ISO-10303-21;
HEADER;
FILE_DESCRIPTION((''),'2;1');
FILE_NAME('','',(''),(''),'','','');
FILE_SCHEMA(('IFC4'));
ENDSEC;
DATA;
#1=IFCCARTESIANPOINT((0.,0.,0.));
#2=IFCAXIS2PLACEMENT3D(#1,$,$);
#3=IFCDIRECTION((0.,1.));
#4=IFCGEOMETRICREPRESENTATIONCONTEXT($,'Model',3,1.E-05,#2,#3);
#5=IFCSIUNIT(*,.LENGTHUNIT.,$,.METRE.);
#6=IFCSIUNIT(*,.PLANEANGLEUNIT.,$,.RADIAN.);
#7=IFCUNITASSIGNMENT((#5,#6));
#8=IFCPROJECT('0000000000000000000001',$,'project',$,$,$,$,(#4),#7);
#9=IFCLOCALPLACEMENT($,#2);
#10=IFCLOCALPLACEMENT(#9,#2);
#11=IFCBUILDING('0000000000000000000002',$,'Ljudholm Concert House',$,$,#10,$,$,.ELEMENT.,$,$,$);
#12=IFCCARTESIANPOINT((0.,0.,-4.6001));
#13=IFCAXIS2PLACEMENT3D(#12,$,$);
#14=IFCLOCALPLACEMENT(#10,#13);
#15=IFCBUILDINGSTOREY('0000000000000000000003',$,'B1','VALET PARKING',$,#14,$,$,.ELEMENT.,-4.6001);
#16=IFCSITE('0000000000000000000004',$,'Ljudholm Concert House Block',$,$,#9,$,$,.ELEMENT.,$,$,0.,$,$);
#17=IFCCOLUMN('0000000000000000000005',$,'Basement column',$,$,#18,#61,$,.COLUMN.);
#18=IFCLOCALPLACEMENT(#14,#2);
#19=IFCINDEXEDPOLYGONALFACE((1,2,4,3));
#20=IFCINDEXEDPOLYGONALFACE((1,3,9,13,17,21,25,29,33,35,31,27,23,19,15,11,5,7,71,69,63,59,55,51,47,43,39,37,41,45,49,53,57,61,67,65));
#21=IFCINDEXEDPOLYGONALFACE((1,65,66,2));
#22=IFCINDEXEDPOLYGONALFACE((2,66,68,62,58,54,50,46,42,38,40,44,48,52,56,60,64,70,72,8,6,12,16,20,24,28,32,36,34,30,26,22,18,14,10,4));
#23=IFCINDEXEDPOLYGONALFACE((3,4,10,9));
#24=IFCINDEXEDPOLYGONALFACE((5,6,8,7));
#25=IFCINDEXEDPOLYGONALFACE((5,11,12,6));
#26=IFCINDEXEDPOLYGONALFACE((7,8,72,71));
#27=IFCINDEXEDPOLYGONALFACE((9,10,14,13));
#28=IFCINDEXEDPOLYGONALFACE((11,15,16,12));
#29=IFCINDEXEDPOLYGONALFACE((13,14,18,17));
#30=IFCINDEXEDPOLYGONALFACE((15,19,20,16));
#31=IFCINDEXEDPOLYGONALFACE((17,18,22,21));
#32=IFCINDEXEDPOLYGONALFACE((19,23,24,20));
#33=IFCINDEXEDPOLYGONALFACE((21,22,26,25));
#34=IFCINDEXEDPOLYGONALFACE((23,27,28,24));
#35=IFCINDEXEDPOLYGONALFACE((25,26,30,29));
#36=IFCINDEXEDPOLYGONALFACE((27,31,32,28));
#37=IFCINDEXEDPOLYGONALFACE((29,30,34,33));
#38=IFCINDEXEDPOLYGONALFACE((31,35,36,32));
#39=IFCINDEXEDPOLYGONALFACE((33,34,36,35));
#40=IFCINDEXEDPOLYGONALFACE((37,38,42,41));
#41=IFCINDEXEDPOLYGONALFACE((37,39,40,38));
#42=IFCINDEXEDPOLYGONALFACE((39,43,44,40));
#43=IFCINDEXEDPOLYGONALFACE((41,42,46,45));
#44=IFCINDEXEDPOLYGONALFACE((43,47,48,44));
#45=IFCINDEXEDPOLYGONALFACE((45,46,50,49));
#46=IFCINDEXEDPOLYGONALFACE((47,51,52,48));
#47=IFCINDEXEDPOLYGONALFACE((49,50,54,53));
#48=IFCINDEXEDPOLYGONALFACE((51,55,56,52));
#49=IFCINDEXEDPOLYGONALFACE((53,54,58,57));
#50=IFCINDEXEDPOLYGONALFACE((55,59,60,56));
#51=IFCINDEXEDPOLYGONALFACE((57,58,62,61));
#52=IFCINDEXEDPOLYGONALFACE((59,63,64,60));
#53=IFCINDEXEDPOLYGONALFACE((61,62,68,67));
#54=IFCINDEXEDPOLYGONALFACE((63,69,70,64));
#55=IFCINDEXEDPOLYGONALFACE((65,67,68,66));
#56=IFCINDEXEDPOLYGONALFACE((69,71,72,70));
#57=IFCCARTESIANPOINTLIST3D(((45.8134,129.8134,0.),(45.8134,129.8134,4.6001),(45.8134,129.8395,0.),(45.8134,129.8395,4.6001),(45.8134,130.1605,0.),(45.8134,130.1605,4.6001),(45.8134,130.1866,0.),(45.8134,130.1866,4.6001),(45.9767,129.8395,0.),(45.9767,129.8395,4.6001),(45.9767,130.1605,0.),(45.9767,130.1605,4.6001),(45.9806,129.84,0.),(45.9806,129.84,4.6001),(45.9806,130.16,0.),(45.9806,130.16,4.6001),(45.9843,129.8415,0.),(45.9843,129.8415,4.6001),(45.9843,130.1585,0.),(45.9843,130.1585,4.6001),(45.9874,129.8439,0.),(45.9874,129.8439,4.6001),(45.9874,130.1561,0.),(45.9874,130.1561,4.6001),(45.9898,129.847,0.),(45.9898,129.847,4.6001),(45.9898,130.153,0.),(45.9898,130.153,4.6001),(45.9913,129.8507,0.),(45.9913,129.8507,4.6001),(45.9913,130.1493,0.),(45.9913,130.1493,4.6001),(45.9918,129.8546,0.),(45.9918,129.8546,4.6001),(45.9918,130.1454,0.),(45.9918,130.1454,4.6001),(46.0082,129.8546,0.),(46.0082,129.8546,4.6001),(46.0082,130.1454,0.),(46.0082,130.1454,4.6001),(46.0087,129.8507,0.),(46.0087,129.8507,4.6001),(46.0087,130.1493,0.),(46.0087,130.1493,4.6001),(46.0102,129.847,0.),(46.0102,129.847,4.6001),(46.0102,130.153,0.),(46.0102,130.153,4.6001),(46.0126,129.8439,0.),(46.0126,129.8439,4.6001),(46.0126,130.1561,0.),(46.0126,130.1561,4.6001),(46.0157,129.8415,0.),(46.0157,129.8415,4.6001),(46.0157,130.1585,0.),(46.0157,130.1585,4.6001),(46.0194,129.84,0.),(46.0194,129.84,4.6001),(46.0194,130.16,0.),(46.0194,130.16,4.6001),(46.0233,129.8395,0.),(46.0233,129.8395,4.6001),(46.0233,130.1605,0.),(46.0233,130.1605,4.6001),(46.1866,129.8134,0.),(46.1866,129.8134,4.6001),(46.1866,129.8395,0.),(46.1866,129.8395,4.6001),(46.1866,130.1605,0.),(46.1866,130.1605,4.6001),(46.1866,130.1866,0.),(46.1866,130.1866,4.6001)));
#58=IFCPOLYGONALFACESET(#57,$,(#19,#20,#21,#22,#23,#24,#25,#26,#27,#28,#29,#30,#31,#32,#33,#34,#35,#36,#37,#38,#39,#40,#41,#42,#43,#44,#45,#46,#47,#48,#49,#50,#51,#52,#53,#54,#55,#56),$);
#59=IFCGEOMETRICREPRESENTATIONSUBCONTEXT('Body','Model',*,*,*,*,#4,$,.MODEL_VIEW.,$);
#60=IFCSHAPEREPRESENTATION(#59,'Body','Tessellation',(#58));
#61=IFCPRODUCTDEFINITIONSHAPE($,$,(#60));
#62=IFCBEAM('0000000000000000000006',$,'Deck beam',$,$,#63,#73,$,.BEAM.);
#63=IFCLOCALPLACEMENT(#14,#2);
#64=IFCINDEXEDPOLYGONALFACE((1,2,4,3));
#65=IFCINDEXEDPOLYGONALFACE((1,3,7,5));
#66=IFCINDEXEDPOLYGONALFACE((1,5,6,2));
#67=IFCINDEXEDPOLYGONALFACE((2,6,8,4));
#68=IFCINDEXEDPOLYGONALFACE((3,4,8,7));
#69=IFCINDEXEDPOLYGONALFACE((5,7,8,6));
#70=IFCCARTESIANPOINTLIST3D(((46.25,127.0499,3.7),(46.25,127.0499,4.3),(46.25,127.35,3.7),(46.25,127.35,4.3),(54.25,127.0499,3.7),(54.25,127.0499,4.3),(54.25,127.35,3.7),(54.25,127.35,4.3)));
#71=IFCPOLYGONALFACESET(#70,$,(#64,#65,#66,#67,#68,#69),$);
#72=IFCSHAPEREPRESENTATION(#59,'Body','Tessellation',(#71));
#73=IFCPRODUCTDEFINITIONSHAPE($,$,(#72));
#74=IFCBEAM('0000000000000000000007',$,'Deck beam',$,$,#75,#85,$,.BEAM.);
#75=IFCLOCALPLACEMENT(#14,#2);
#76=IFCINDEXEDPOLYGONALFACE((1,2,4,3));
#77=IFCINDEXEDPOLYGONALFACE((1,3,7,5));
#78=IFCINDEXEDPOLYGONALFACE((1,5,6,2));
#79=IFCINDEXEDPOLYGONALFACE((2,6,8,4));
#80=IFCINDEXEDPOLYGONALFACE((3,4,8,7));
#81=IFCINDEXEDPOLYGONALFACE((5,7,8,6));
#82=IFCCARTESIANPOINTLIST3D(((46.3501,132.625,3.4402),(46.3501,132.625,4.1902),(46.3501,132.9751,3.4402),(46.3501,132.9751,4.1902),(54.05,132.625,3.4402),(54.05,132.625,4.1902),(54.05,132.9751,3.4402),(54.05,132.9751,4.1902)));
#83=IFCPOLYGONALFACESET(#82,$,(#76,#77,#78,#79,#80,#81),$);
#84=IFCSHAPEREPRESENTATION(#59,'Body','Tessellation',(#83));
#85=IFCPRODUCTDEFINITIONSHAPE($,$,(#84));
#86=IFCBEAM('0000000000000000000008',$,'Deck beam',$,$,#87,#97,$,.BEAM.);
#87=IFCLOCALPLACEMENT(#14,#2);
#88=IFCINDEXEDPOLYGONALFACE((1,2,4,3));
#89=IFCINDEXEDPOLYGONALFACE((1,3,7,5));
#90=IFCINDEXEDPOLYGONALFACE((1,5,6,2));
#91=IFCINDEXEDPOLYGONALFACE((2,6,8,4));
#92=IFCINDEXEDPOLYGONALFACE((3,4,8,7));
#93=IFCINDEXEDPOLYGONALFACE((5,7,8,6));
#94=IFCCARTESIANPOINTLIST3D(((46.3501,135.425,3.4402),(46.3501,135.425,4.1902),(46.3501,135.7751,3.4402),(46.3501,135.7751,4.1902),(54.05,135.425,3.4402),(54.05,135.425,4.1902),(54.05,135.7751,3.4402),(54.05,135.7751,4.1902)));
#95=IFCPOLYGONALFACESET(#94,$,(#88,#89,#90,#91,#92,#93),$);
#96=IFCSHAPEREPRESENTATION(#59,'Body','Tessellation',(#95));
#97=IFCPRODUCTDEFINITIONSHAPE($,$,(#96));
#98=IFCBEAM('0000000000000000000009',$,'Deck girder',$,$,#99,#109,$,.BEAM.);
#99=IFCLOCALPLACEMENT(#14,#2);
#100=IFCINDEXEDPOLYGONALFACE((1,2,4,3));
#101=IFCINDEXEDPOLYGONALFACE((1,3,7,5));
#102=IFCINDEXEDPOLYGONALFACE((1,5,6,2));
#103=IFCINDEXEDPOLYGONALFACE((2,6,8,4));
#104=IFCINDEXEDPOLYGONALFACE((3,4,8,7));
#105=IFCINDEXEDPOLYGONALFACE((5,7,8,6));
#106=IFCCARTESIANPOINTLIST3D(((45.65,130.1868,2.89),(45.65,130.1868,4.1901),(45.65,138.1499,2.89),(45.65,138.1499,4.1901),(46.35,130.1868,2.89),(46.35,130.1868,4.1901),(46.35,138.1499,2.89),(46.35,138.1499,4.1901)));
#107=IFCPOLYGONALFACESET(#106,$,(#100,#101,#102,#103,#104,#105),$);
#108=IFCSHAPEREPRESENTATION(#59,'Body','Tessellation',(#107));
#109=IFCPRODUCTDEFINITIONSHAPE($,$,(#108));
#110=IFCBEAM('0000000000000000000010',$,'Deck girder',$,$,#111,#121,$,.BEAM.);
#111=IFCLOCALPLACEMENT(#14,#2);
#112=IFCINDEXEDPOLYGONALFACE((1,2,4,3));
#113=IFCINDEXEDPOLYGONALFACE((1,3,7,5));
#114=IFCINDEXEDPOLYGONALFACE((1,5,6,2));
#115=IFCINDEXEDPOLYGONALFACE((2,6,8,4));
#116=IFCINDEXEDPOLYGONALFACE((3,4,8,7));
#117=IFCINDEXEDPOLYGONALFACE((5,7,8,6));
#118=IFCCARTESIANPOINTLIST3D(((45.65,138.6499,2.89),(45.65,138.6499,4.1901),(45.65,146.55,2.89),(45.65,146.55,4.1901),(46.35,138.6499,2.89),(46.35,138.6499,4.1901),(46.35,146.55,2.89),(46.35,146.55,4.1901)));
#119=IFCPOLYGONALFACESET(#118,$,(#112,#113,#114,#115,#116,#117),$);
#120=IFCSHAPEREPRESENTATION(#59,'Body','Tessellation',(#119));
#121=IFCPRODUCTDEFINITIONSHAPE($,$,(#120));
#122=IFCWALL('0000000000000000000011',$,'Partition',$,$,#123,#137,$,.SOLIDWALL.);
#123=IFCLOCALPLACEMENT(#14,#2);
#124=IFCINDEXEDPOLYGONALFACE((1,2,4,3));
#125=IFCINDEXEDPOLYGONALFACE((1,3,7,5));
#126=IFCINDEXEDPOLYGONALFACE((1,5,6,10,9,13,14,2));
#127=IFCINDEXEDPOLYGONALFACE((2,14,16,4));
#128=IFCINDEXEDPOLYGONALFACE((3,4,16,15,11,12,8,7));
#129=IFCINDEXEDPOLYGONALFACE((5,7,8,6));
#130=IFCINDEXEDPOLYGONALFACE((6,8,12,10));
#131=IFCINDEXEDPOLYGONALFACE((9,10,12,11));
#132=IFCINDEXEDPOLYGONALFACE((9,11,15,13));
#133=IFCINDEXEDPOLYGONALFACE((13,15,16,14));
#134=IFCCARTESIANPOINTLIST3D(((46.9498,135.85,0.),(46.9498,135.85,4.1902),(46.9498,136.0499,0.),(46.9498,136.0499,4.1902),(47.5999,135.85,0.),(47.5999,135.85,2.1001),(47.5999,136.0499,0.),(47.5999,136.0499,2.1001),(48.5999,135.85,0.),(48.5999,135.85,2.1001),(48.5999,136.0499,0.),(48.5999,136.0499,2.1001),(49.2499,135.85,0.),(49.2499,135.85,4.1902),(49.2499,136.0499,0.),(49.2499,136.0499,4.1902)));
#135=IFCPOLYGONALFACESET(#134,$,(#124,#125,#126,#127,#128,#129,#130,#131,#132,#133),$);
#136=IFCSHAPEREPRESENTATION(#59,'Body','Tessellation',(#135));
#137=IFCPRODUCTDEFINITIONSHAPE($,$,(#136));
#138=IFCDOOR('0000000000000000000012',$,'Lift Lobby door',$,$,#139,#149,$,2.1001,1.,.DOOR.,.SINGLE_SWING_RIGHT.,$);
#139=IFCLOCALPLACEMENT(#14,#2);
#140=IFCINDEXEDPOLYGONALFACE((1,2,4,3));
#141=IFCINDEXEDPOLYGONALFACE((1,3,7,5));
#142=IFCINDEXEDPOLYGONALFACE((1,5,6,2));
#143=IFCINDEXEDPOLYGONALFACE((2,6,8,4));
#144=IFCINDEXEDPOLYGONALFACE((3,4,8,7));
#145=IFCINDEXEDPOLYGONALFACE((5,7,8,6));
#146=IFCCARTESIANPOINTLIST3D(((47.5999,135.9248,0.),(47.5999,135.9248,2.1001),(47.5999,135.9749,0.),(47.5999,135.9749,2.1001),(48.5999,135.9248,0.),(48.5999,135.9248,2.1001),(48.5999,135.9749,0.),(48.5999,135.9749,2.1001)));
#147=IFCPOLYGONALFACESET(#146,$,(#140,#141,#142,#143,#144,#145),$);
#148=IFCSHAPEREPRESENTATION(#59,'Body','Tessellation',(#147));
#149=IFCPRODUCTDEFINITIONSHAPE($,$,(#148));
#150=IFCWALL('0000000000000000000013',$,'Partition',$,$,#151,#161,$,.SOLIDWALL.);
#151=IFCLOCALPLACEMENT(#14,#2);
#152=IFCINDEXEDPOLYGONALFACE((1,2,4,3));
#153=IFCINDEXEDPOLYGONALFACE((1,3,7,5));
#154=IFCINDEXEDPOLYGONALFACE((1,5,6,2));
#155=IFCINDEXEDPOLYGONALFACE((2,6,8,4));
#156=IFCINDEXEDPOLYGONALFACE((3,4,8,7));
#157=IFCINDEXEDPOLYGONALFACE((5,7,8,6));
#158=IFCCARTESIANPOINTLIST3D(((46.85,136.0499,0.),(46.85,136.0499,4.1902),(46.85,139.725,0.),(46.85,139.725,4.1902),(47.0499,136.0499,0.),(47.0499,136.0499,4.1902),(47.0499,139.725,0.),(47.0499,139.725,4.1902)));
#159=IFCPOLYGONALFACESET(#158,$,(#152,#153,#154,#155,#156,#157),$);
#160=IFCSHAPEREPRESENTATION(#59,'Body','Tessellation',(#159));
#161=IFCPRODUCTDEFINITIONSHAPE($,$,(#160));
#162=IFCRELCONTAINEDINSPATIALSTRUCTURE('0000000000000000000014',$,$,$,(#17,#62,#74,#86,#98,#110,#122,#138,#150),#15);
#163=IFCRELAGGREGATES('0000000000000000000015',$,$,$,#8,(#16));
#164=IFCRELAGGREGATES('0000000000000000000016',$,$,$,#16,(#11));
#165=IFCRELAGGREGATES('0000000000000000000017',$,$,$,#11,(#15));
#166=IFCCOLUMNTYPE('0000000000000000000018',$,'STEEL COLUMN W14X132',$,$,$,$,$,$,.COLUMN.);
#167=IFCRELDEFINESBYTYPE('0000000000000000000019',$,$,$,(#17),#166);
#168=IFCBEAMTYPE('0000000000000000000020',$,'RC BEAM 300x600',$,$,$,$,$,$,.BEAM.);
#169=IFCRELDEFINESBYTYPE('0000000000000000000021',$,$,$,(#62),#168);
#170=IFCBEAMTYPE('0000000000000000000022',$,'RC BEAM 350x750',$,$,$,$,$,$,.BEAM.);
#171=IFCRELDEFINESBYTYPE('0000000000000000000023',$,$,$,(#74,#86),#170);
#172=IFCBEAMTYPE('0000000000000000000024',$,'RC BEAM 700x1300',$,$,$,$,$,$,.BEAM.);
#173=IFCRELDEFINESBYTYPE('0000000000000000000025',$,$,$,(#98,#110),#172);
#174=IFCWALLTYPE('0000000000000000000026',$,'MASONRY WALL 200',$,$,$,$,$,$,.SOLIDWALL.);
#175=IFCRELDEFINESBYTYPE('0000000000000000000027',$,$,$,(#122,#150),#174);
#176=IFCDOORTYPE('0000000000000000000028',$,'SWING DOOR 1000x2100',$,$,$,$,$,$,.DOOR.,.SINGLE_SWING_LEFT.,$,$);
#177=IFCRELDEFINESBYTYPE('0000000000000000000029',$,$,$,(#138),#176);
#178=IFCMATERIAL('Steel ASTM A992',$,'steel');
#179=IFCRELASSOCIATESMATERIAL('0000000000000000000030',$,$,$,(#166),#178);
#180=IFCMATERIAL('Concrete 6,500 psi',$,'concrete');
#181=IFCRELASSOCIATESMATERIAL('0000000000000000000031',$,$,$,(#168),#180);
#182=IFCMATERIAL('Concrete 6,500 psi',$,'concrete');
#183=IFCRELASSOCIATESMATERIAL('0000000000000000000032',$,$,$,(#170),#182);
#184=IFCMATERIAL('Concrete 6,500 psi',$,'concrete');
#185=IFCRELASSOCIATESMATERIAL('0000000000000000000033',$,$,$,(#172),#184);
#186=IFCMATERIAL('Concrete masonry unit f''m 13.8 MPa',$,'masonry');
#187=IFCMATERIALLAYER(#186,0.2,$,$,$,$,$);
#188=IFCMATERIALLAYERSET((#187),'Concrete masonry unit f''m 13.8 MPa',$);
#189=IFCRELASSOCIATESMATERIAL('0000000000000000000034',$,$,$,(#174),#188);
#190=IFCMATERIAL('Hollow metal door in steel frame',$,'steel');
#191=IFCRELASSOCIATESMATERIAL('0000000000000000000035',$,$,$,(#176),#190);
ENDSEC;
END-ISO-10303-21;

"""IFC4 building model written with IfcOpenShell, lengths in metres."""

from ifc_helpers import new_model, si_unit, direction, frame, frame_2d, origin, origin_2d, place, context, subcontext, project, spatial, rectangle, i_section, extrude, material, layer, layer_set, material_profile, profile_set, type_object, element, fill, save


model = new_model("IFC4")

# Units and contexts
model_context = context("Model", 3, precision=1e-05, world=origin(), true_north=direction((0.0, 1.0)))
body_context = subcontext(model_context, "Body", "Model", "MODEL_VIEW")
ifc_project = project(units=[si_unit("LENGTHUNIT", "METRE"), si_unit("PLANEANGLEUNIT", "RADIAN")], contexts=[model_context])

# Site, building, storey
site_placement = place(None, origin())
site = spatial("IfcSite", under=ifc_project, at=site_placement, Name="Ljudholm Concert House Block", CompositionType="ELEMENT", RefElevation=0.0)
building_placement = place(site_placement, origin())
building = spatial("IfcBuilding", under=site, at=building_placement, Name="Ljudholm Concert House", CompositionType="ELEMENT")
storey_placement = place(building_placement, frame((0.0, 0.0, -4.6001)))
storey = spatial("IfcBuildingStorey", under=building, at=storey_placement, Name="B1", Description="VALET PARKING", CompositionType="ELEMENT", Elevation=-4.6001)

# Column
ifc_material_1 = material(Name="Steel ASTM A992", Category="steel")
ifc_material_profile_1 = material_profile(ifc_material_1, i_section(OverallWidth=0.3733, OverallDepth=0.3733, WebThickness=0.0164, FlangeThickness=0.0261, FilletRadius=0.0151, at=origin_2d()), Name="W14X132")
ifc_profile_set_1 = profile_set([ifc_material_profile_1], Name="Steel ASTM A992")
column_type_1 = type_object("IfcColumnType", Name="STEEL COLUMN W14X132", PredefinedType="COLUMN", material=ifc_profile_set_1)
column_1_placement = place(storey_placement, frame((46.0, 130.0, 0.0), z_axis=(0.0, 0.0, 1.0), x_axis=(1.0, 0.0, 0.0)))
element("IfcColumn", 1, at=column_1_placement, inside=storey, type_object=column_type_1, Name="Basement column", PredefinedType="COLUMN", context=body_context, shape_type="SweptSolid", body=[
    extrude(i_section(OverallWidth=0.3733, OverallDepth=0.3733, WebThickness=0.0164, FlangeThickness=0.0261, FilletRadius=0.0151, at=origin_2d()), origin(), (0.0, 0.0, 1.0), 4.6001),
])

# Beams
ifc_material_2 = material(Name="Concrete 6,500 psi", Category="concrete")
ifc_material_profile_2 = material_profile(ifc_material_2, rectangle(XDim=0.3, YDim=0.6001, at=origin_2d()), Name="RC BEAM 300x600")
ifc_profile_set_2 = profile_set([ifc_material_profile_2], Name="Concrete 6,500 psi")
beam_type_1 = type_object("IfcBeamType", Name="RC BEAM 300x600", PredefinedType="BEAM", material=ifc_profile_set_2)
beam_1_placement = place(storey_placement, frame((46.25, 127.2, 4.0), z_axis=(1.0, 0.0, 0.0), x_axis=(0.0, 1.0, 0.0)))
element("IfcBeam", 2, at=beam_1_placement, inside=storey, type_object=beam_type_1, Name="Deck beam", PredefinedType="BEAM", context=body_context, shape_type="SweptSolid", body=[
    extrude(rectangle(XDim=0.3, YDim=0.6001, at=origin_2d()), origin(), (0.0, 0.0, 1.0), 8.0),
])
ifc_material_3 = material(Name="Concrete 6,500 psi", Category="concrete")
ifc_material_profile_3 = material_profile(ifc_material_3, rectangle(XDim=0.3501, YDim=0.75, at=origin_2d()), Name="RC BEAM 350x750")
ifc_profile_set_3 = profile_set([ifc_material_profile_3], Name="Concrete 6,500 psi")
beam_type_2 = type_object("IfcBeamType", Name="RC BEAM 350x750", PredefinedType="BEAM", material=ifc_profile_set_3)
for number, where, z_axis, x_axis, name in (
    (3, (46.3501, 132.8, 3.8152), (1.0, 0.0, 0.0), (0.0, 1.0, 0.0), "Deck beam"),
    (4, (46.3501, 135.6001, 3.8152), (1.0, 0.0, 0.0), (0.0, 1.0, 0.0), "Deck beam"),
):
    element("IfcBeam", number, at=place(storey_placement, frame(where, z_axis=z_axis, x_axis=x_axis)), inside=storey, type_object=beam_type_2, Name=name, PredefinedType="BEAM", context=body_context, shape_type="SweptSolid", body=[
        extrude(rectangle(XDim=0.3501, YDim=0.75, at=origin_2d()), origin(), (0.0, 0.0, 1.0), 7.7),
    ])
ifc_material_4 = material(Name="Concrete 6,500 psi", Category="concrete")
ifc_material_profile_4 = material_profile(ifc_material_4, rectangle(XDim=0.7, YDim=1.3, at=origin_2d()), Name="RC BEAM 700x1300")
ifc_profile_set_4 = profile_set([ifc_material_profile_4], Name="Concrete 6,500 psi")
beam_type_3 = type_object("IfcBeamType", Name="RC BEAM 700x1300", PredefinedType="BEAM", material=ifc_profile_set_4)
beam_2_placement = place(storey_placement, frame((46.0, 130.1868, 3.54), z_axis=(0.0, 1.0, 0.0), x_axis=(-1.0, 0.0, 0.0)))
element("IfcBeam", 5, at=beam_2_placement, inside=storey, type_object=beam_type_3, Name="Deck girder", PredefinedType="BEAM", context=body_context, shape_type="SweptSolid", body=[
    extrude(rectangle(XDim=0.7, YDim=1.3, at=origin_2d()), origin(), (0.0, 0.0, 1.0), 7.9631),
])
beam_3_placement = place(storey_placement, frame((46.0, 138.6499, 3.54), z_axis=(0.0, 1.0, 0.0), x_axis=(-1.0, 0.0, 0.0)))
element("IfcBeam", 6, at=beam_3_placement, inside=storey, type_object=beam_type_3, Name="Deck girder", PredefinedType="BEAM", context=body_context, shape_type="SweptSolid", body=[
    extrude(rectangle(XDim=0.7, YDim=1.3, at=origin_2d()), origin(), (0.0, 0.0, 1.0), 7.9001),
])

# Wall, opening, door
ifc_material_5 = material(Name="Concrete masonry unit f'm 13.8 MPa", Category="masonry")
ifc_layer = layer(ifc_material_5, 0.2)
ifc_layer_set = layer_set([ifc_layer], Name="Concrete masonry unit f'm 13.8 MPa")
wall_type = type_object("IfcWallType", Name="MASONRY WALL 200", PredefinedType="SOLIDWALL", material=ifc_layer_set)
wall_1_placement = place(storey_placement, frame((46.95, 135.95, 0.0), z_axis=(0.0, 0.0, 1.0), x_axis=(1.0, 0.0, 0.0)))
wall_1 = element("IfcWall", 7, at=wall_1_placement, inside=storey, type_object=wall_type, Name="Partition", PredefinedType="SOLIDWALL", context=body_context, shape_type="SweptSolid", body=[
    extrude(rectangle(XDim=2.3, YDim=0.2, at=frame_2d((1.1499, 0.0))), origin(), (0.0, 0.0, 1.0), 4.1902),
])
opening_placement = place(wall_1_placement, frame((0.6499, 0.0, 0.0)))
opening = element("IfcOpeningElement", 8, at=opening_placement, cuts=wall_1, PredefinedType="OPENING", context=body_context, shape_type="SweptSolid", body=[
    extrude(rectangle(XDim=1.0, YDim=2.1001, at=frame_2d((0.5, 1.05))), frame((0.0, 0.1099, 0.0), z_axis=(0.0, -1.0, 0.0), x_axis=(1.0, 0.0, 0.0)), (0.0, 0.0, 1.0), 0.22),
])
ifc_material_6 = material(Name="Hollow metal door in steel frame", Category="steel")
door_type = type_object("IfcDoorType", Name="SWING DOOR 1000x2100", OperationType="SINGLE_SWING_LEFT", PredefinedType="DOOR", material=ifc_material_6)
door_placement = place(opening_placement, origin())
door = element("IfcDoor", 9, at=door_placement, inside=storey, type_object=door_type, Name="Lift Lobby door", OperationType="SINGLE_SWING_RIGHT", OverallHeight=2.1001, OverallWidth=1.0, PredefinedType="DOOR", context=body_context, shape_type="SweptSolid", body=[
    extrude(rectangle(XDim=1.0, YDim=2.1001, at=frame_2d((0.5, 1.05))), frame((0.0, 0.0249, 0.0), z_axis=(0.0, -1.0, 0.0), x_axis=(1.0, 0.0, 0.0)), (0.0, 0.0, 1.0), 0.05),
])
fill(opening, door)

# Wall
wall_2_placement = place(storey_placement, frame((46.95, 136.05, 0.0), z_axis=(0.0, 0.0, 1.0), x_axis=(0.0, 1.0, 0.0)))
element("IfcWall", 10, at=wall_2_placement, inside=storey, type_object=wall_type, Name="Partition", PredefinedType="SOLIDWALL", context=body_context, shape_type="SweptSolid", body=[
    extrude(rectangle(XDim=3.675, YDim=0.2, at=frame_2d((1.8374, 0.0))), origin(), (0.0, 0.0, 1.0), 4.1902),
])

save(model, "model.ifc")
